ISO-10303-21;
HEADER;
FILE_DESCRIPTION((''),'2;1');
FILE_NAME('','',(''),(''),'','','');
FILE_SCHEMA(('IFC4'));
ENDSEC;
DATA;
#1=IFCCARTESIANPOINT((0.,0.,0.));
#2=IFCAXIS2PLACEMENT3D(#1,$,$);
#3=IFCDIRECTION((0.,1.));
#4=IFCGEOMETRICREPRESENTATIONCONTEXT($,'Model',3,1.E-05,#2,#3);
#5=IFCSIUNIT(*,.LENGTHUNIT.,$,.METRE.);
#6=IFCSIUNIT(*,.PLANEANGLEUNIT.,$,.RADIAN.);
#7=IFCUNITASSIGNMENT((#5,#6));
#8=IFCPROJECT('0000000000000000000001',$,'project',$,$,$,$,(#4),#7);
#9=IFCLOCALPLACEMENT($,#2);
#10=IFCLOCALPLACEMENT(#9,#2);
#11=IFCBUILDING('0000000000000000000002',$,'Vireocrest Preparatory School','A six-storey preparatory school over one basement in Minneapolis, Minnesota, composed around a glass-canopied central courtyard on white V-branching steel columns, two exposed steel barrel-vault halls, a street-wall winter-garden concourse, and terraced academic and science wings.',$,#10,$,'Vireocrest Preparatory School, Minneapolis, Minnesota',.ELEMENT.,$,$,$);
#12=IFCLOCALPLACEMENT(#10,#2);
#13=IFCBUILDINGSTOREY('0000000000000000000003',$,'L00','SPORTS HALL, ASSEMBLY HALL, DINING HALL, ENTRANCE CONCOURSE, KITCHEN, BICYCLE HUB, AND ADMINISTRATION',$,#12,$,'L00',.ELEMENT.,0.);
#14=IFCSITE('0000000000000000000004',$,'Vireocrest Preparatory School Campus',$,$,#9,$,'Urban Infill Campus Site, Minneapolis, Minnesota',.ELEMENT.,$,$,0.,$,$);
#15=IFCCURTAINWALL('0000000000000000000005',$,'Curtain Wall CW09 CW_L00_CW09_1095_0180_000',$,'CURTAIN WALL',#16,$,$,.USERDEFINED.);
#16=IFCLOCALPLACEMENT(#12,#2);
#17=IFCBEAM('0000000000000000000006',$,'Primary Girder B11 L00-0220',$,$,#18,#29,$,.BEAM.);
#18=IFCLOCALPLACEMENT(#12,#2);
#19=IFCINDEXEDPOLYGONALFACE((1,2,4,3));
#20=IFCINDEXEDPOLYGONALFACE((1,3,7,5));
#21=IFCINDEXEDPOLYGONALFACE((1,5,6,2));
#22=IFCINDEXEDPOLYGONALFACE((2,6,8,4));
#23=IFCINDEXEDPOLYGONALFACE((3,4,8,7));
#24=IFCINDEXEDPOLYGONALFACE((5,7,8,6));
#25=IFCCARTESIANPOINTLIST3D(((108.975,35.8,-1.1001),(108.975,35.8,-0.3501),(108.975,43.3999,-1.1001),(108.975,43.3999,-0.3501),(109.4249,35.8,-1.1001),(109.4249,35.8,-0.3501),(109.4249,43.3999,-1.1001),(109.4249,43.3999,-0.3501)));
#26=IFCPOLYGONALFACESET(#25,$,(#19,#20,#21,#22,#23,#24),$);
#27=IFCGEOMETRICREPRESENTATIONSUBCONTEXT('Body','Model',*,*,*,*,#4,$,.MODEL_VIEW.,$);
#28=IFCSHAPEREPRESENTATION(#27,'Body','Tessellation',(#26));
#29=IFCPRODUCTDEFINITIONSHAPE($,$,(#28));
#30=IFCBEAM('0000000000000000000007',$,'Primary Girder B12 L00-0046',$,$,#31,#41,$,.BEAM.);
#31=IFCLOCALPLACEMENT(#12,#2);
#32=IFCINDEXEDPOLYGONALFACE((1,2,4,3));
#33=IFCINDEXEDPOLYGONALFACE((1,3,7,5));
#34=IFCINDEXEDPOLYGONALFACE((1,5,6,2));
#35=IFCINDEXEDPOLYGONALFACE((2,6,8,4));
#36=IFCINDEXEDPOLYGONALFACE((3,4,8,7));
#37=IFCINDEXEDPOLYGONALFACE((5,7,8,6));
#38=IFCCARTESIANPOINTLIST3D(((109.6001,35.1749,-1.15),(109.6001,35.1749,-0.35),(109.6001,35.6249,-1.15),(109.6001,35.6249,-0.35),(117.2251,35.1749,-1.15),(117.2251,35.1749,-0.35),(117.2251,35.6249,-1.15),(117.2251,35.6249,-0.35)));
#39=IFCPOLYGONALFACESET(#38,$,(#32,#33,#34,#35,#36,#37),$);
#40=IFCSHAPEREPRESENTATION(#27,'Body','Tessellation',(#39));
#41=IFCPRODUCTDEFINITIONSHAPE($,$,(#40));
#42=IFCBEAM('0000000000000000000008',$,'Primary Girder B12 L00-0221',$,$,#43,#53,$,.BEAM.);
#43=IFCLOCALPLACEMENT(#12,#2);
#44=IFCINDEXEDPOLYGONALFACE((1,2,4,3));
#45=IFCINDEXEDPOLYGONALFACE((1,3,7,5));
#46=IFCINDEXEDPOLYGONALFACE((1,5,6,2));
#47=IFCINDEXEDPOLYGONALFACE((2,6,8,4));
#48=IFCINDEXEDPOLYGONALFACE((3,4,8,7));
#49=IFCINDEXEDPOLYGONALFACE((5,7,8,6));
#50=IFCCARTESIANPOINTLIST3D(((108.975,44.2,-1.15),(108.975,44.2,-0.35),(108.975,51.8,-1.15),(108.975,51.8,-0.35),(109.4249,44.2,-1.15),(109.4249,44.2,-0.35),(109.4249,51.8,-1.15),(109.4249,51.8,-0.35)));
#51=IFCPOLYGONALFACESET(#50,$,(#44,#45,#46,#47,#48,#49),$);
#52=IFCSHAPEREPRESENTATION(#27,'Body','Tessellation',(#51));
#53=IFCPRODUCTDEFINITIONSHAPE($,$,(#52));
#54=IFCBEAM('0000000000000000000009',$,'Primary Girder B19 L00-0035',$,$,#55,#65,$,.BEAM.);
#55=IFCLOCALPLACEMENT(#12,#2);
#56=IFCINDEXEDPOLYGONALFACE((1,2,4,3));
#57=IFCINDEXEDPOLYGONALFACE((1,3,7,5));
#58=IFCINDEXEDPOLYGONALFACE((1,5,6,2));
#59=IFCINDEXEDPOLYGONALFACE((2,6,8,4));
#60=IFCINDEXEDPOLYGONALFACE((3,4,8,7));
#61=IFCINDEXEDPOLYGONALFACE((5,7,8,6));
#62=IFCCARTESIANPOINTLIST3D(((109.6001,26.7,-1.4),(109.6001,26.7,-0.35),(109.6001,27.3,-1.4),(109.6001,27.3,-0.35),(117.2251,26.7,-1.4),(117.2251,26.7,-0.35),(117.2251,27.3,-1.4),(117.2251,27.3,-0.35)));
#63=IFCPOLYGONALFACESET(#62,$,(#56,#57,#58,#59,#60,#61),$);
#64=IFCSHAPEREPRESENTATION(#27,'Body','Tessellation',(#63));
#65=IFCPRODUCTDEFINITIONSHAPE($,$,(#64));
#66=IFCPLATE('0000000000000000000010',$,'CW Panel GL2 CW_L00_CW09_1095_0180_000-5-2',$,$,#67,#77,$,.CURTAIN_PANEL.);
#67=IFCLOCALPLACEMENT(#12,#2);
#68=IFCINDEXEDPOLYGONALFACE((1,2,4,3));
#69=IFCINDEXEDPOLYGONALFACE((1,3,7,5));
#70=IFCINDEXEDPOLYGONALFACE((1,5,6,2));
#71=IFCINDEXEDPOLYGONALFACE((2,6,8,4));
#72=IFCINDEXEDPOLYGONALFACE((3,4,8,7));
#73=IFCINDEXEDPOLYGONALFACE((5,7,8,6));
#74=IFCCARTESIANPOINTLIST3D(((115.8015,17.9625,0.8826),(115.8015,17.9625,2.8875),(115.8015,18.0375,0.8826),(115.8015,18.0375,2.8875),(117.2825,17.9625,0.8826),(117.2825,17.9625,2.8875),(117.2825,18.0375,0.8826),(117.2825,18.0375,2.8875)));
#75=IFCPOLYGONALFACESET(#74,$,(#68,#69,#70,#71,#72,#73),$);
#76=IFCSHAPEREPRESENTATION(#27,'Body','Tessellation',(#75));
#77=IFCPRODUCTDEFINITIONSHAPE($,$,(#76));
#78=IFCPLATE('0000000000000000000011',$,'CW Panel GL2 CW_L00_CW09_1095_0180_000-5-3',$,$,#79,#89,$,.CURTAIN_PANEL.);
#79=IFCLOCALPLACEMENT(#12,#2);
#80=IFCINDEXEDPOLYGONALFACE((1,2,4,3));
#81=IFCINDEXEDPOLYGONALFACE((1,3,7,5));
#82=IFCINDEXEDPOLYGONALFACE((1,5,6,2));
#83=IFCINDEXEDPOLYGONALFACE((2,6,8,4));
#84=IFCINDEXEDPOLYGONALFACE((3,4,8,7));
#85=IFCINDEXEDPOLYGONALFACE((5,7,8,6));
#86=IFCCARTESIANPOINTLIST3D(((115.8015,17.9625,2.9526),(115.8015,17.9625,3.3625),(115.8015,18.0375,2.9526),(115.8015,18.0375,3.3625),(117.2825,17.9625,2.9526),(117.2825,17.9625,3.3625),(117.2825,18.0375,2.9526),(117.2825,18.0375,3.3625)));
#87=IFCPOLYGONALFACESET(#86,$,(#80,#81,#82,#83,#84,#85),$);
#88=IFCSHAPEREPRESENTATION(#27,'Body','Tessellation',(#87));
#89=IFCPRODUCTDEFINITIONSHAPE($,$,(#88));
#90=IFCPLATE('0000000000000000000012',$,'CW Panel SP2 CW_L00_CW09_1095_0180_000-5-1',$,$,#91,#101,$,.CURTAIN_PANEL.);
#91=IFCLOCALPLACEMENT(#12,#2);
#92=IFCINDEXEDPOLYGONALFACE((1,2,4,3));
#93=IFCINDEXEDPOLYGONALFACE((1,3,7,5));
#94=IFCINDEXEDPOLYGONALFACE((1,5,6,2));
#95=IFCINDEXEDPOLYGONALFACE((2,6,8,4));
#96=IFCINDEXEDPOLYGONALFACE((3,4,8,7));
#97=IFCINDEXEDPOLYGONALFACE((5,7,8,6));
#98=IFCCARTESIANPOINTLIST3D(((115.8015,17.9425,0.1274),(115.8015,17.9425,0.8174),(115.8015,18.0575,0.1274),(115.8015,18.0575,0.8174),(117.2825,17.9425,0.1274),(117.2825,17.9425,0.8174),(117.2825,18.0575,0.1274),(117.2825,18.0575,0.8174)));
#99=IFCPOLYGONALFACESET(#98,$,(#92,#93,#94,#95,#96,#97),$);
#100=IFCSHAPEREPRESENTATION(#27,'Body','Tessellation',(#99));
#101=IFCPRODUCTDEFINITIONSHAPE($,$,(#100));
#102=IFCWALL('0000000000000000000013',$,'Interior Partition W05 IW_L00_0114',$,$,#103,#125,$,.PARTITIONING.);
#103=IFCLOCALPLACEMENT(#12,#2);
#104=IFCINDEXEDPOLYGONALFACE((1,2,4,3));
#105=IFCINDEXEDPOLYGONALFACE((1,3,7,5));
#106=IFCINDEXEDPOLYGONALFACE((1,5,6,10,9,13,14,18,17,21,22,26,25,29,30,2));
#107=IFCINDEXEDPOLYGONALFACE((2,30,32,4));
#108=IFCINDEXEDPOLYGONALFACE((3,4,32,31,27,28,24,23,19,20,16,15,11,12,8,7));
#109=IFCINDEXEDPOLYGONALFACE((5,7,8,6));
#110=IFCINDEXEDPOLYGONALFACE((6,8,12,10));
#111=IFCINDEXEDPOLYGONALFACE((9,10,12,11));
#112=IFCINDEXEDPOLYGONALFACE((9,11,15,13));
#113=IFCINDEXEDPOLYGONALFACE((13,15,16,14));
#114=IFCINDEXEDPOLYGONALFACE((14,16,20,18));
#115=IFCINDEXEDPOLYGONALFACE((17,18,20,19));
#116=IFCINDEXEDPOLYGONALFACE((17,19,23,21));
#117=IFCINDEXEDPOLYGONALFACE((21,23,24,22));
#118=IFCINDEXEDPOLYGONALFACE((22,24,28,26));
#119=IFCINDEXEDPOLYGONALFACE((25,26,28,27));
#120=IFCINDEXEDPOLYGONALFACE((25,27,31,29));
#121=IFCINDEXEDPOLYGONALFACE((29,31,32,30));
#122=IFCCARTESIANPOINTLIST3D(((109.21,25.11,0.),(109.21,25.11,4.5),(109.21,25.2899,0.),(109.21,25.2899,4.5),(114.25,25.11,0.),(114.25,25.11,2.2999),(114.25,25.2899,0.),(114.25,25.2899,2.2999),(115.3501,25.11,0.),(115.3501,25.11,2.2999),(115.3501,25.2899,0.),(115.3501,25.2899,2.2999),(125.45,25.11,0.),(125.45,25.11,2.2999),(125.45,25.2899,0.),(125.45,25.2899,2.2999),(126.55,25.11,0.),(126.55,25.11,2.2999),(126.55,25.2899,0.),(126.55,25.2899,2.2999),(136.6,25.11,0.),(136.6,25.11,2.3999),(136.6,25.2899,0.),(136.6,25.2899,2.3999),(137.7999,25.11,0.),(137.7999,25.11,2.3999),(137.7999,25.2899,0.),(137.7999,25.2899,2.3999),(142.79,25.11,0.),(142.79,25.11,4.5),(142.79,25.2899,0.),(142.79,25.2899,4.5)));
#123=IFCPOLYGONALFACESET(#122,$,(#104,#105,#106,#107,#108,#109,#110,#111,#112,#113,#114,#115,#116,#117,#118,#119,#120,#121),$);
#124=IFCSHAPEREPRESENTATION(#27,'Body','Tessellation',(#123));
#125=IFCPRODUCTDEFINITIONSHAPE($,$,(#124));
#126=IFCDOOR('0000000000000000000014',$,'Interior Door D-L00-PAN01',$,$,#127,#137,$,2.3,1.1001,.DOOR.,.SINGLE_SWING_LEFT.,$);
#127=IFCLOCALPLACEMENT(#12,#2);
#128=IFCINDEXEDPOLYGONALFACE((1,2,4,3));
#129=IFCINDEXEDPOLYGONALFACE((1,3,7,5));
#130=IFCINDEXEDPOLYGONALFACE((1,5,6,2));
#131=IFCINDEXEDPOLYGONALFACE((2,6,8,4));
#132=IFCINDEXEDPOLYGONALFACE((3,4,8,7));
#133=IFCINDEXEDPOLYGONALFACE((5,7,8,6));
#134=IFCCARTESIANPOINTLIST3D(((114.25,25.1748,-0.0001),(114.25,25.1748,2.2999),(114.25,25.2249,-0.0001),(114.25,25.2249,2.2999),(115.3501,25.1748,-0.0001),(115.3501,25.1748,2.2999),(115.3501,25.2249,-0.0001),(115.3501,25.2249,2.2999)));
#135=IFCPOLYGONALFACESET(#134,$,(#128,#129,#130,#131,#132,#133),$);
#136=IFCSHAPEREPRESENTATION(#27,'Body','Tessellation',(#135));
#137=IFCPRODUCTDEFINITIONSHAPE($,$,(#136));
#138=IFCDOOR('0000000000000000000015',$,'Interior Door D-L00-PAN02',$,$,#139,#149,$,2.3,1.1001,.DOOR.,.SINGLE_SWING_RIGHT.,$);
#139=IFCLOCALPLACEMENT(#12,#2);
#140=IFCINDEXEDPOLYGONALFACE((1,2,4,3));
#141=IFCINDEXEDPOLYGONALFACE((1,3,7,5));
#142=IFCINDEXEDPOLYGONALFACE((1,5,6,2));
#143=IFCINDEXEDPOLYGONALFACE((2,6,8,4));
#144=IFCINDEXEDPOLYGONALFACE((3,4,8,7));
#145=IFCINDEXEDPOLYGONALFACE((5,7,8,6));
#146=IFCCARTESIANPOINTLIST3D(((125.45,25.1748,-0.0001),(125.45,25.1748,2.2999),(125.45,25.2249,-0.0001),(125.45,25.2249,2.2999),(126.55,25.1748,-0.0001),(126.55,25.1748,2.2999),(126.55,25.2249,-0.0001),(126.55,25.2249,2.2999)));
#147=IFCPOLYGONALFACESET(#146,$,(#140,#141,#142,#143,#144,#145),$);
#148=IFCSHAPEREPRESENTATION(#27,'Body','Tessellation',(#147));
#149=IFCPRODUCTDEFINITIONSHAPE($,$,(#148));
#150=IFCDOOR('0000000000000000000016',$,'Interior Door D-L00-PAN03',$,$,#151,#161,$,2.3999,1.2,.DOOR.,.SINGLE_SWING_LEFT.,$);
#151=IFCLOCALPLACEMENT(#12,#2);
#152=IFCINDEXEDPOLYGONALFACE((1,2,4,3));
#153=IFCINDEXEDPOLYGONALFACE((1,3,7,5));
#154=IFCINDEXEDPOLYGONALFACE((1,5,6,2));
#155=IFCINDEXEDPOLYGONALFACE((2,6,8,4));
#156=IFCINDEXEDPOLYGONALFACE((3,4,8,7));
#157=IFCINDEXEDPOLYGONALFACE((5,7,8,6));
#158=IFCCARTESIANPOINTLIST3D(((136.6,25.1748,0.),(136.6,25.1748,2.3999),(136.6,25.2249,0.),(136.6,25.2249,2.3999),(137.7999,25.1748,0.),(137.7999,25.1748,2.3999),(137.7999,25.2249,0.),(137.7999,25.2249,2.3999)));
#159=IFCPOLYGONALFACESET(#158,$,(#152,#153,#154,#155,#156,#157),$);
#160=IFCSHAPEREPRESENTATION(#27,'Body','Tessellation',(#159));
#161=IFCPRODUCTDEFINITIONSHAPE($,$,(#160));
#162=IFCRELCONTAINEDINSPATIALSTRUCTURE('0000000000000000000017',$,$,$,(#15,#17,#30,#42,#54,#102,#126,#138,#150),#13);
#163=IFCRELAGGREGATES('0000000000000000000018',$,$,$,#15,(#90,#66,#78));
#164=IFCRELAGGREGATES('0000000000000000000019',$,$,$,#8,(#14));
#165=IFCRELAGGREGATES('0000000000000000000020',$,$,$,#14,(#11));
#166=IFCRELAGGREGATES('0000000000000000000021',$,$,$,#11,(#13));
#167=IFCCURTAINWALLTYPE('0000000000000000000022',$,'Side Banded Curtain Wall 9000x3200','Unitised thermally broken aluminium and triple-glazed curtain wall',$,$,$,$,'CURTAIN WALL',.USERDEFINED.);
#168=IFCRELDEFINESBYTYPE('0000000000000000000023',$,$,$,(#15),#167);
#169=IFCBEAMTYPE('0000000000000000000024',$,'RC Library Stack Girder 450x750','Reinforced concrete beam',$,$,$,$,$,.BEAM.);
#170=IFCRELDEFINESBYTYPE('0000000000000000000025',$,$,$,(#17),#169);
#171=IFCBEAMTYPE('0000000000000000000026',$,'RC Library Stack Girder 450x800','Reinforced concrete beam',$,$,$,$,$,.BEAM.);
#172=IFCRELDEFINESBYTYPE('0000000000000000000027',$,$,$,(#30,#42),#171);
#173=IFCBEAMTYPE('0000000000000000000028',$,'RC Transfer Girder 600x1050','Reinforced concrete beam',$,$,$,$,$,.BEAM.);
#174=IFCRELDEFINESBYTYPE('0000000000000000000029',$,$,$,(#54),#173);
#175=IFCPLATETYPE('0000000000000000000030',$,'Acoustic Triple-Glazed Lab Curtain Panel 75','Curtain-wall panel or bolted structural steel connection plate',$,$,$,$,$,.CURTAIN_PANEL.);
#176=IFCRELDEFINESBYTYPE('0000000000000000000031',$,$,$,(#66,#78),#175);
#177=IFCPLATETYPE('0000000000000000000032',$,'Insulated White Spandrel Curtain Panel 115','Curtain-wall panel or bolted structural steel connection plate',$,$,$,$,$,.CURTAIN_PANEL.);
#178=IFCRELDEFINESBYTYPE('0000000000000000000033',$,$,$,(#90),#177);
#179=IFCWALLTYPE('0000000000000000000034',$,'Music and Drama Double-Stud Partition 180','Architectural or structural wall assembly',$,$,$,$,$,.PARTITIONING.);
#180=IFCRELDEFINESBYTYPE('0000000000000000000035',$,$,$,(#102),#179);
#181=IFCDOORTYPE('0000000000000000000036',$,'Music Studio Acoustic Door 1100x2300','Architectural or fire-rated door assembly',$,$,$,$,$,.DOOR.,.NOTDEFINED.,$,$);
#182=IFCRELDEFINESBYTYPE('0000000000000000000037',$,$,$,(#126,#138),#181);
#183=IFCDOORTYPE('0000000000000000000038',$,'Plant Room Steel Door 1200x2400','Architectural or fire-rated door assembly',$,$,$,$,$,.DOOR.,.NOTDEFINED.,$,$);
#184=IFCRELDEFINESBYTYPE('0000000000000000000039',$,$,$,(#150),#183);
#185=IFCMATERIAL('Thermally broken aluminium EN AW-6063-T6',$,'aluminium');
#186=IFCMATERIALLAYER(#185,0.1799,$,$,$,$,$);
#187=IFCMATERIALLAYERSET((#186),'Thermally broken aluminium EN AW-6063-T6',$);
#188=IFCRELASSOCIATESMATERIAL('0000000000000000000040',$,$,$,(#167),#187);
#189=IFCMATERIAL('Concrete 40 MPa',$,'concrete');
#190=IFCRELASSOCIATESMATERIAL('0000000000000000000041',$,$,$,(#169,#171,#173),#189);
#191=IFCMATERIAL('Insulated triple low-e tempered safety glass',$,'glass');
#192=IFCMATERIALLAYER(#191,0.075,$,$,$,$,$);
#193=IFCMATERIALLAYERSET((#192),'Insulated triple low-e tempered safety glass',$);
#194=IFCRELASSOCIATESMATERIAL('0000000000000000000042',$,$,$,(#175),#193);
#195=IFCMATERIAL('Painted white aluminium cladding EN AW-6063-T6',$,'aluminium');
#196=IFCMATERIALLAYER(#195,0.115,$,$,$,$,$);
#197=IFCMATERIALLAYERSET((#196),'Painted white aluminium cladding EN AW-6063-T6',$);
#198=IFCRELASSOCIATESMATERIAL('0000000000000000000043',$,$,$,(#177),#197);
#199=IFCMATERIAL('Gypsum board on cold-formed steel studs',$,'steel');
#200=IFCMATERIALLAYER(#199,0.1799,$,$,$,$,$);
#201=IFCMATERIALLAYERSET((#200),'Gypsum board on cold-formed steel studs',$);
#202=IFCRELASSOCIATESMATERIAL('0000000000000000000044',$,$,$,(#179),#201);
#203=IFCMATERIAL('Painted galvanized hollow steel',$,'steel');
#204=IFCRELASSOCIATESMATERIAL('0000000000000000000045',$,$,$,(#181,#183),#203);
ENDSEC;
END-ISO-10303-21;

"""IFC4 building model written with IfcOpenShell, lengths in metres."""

from ifc_helpers import new_model, si_unit, direction, frame, frame_2d, origin, origin_2d, place, context, subcontext, project, spatial, rectangle, extrude, material, layer, layer_set, material_profile, profile_set, type_object, element, fill, aggregate, save


model = new_model("IFC4")

# Units and contexts
model_context = context("Model", 3, precision=1e-05, world=origin(), true_north=direction((0.0, 1.0)))
body_context = subcontext(model_context, "Body", "Model", "MODEL_VIEW")
ifc_project = project(units=[si_unit("LENGTHUNIT", "METRE"), si_unit("PLANEANGLEUNIT", "RADIAN")], contexts=[model_context])

# Site, building, storey
site_placement = place(None, origin())
site = spatial("IfcSite", under=ifc_project, at=site_placement, Name="Vireocrest Preparatory School Campus", LongName="Urban Infill Campus Site, Minneapolis, Minnesota", CompositionType="ELEMENT", RefElevation=0.0)
building_placement = place(site_placement, origin())
building = spatial("IfcBuilding", under=site, at=building_placement, Name="Vireocrest Preparatory School", Description="A six-storey preparatory school over one basement in Minneapolis, Minnesota, composed around a glass-canopied central courtyard on white V-branching steel columns, two exposed steel barrel-vault halls, a street-wall winter-garden concourse, and terraced academic and science wings.", LongName="Vireocrest Preparatory School, Minneapolis, Minnesota", CompositionType="ELEMENT")
storey_placement = place(building_placement, origin())
storey = spatial("IfcBuildingStorey", under=building, at=storey_placement, Name="L00", Description="SPORTS HALL, ASSEMBLY HALL, DINING HALL, ENTRANCE CONCOURSE, KITCHEN, BICYCLE HUB, AND ADMINISTRATION", LongName="L00", CompositionType="ELEMENT", Elevation=0.0)

# Curtain wall
ifc_material_1 = material(Name="Thermally broken aluminium EN AW-6063-T6", Category="aluminium")
ifc_layer_1 = layer(ifc_material_1, 0.1799)
ifc_layer_set_1 = layer_set([ifc_layer_1], Name="Thermally broken aluminium EN AW-6063-T6")
curtain_wall_type = type_object("IfcCurtainWallType", Name="Side Banded Curtain Wall 9000x3200", Description="Unitised thermally broken aluminium and triple-glazed curtain wall", ElementType="CURTAIN WALL", PredefinedType="USERDEFINED", material=ifc_layer_set_1)
curtain_wall_placement = place(storey_placement, origin())
curtain_wall = element("IfcCurtainWall", 1, at=curtain_wall_placement, inside=storey, type_object=curtain_wall_type, Name="Curtain Wall CW09 CW_L00_CW09_1095_0180_000", ObjectType="CURTAIN WALL", PredefinedType="USERDEFINED")

# Beams
ifc_material_2 = material(Name="Concrete 40 MPa", Category="concrete")
ifc_material_profile_1 = material_profile(ifc_material_2, rectangle(XDim=0.45, YDim=0.75, at=origin_2d()), Name="RC 450x750")
ifc_profile_set_1 = profile_set([ifc_material_profile_1], Name="Concrete 40 MPa")
beam_type_1 = type_object("IfcBeamType", Name="RC Library Stack Girder 450x750", Description="Reinforced concrete beam", PredefinedType="BEAM", material=ifc_profile_set_1)
beam_1_placement = place(storey_placement, frame((109.2, 35.8, -0.7251), z_axis=(0.0, 1.0, 0.0), x_axis=(-1.0, 0.0, 0.0)))
element("IfcBeam", 2, at=beam_1_placement, inside=storey, type_object=beam_type_1, Name="Primary Girder B11 L00-0220", PredefinedType="BEAM", context=body_context, shape_type="SweptSolid", body=[
    extrude(rectangle(XDim=0.45, YDim=0.75, at=origin_2d()), origin(), (0.0, 0.0, 1.0), 7.5999),
])
ifc_material_profile_2 = material_profile(ifc_material_2, rectangle(XDim=0.45, YDim=0.8, at=origin_2d()), Name="RC 450x800")
ifc_profile_set_2 = profile_set([ifc_material_profile_2], Name="Concrete 40 MPa")
beam_type_2 = type_object("IfcBeamType", Name="RC Library Stack Girder 450x800", Description="Reinforced concrete beam", PredefinedType="BEAM", material=ifc_profile_set_2)
beam_2_placement = place(storey_placement, frame((109.6001, 35.3999, -0.75), z_axis=(1.0, 0.0, 0.0), x_axis=(0.0, 1.0, 0.0)))
element("IfcBeam", 3, at=beam_2_placement, inside=storey, type_object=beam_type_2, Name="Primary Girder B12 L00-0046", PredefinedType="BEAM", context=body_context, shape_type="SweptSolid", body=[
    extrude(rectangle(XDim=0.45, YDim=0.8, at=origin_2d()), origin(), (0.0, 0.0, 1.0), 7.625),
])
beam_3_placement = place(storey_placement, frame((109.2, 44.2, -0.75), z_axis=(0.0, 1.0, 0.0), x_axis=(-1.0, 0.0, 0.0)))
element("IfcBeam", 4, at=beam_3_placement, inside=storey, type_object=beam_type_2, Name="Primary Girder B12 L00-0221", PredefinedType="BEAM", context=body_context, shape_type="SweptSolid", body=[
    extrude(rectangle(XDim=0.45, YDim=0.8, at=origin_2d()), origin(), (0.0, 0.0, 1.0), 7.6001),
])
ifc_material_profile_3 = material_profile(ifc_material_2, rectangle(XDim=0.6001, YDim=1.05, at=origin_2d()), Name="RC 600x1050")
ifc_profile_set_3 = profile_set([ifc_material_profile_3], Name="Concrete 40 MPa")
beam_type_3 = type_object("IfcBeamType", Name="RC Transfer Girder 600x1050", Description="Reinforced concrete beam", PredefinedType="BEAM", material=ifc_profile_set_3)
beam_4_placement = place(storey_placement, frame((109.6001, 27.0, -0.875), z_axis=(1.0, 0.0, 0.0), x_axis=(0.0, 1.0, 0.0)))
element("IfcBeam", 5, at=beam_4_placement, inside=storey, type_object=beam_type_3, Name="Primary Girder B19 L00-0035", PredefinedType="BEAM", context=body_context, shape_type="SweptSolid", body=[
    extrude(rectangle(XDim=0.6001, YDim=1.05, at=origin_2d()), origin(), (0.0, 0.0, 1.0), 7.625),
])

# Plates
ifc_material_3 = material(Name="Insulated triple low-e tempered safety glass", Category="glass")
ifc_layer_2 = layer(ifc_material_3, 0.075)
ifc_layer_set_2 = layer_set([ifc_layer_2], Name="Insulated triple low-e tempered safety glass")
plate_type_1 = type_object("IfcPlateType", Name="Acoustic Triple-Glazed Lab Curtain Panel 75", Description="Curtain-wall panel or bolted structural steel connection plate", PredefinedType="CURTAIN_PANEL", material=ifc_layer_set_2)
plate_1_placement = place(storey_placement, frame((116.542, 18.0, 0.8826), z_axis=(0.0, 0.0, 1.0), x_axis=(1.0, 0.0, 0.0)))
plate_1 = element("IfcPlate", 6, at=plate_1_placement, type_object=plate_type_1, Name="CW Panel GL2 CW_L00_CW09_1095_0180_000-5-2", PredefinedType="CURTAIN_PANEL", context=body_context, shape_type="SweptSolid", body=[
    extrude(rectangle(XDim=1.481, YDim=0.075, at=origin_2d()), origin(), (0.0, 0.0, 1.0), 2.0049),
])
plate_2_placement = place(storey_placement, frame((116.542, 18.0, 2.9526), z_axis=(0.0, 0.0, 1.0), x_axis=(1.0, 0.0, 0.0)))
plate_2 = element("IfcPlate", 7, at=plate_2_placement, type_object=plate_type_1, Name="CW Panel GL2 CW_L00_CW09_1095_0180_000-5-3", PredefinedType="CURTAIN_PANEL", context=body_context, shape_type="SweptSolid", body=[
    extrude(rectangle(XDim=1.481, YDim=0.075, at=origin_2d()), origin(), (0.0, 0.0, 1.0), 0.4099),
])
ifc_material_4 = material(Name="Painted white aluminium cladding EN AW-6063-T6", Category="aluminium")
ifc_layer_3 = layer(ifc_material_4, 0.115)
ifc_layer_set_3 = layer_set([ifc_layer_3], Name="Painted white aluminium cladding EN AW-6063-T6")
plate_type_2 = type_object("IfcPlateType", Name="Insulated White Spandrel Curtain Panel 115", Description="Curtain-wall panel or bolted structural steel connection plate", PredefinedType="CURTAIN_PANEL", material=ifc_layer_set_3)
plate_3_placement = place(storey_placement, frame((116.542, 18.0, 0.1274), z_axis=(0.0, 0.0, 1.0), x_axis=(1.0, 0.0, 0.0)))
plate_3 = element("IfcPlate", 8, at=plate_3_placement, type_object=plate_type_2, Name="CW Panel SP2 CW_L00_CW09_1095_0180_000-5-1", PredefinedType="CURTAIN_PANEL", context=body_context, shape_type="SweptSolid", body=[
    extrude(rectangle(XDim=1.481, YDim=0.115, at=origin_2d()), origin(), (0.0, 0.0, 1.0), 0.6899),
])
aggregate(curtain_wall, [plate_3, plate_1, plate_2])

# Wall, openings, doors
ifc_material_5 = material(Name="Gypsum board on cold-formed steel studs", Category="steel")
ifc_layer_4 = layer(ifc_material_5, 0.1799)
ifc_layer_set_4 = layer_set([ifc_layer_4], Name="Gypsum board on cold-formed steel studs")
wall_type = type_object("IfcWallType", Name="Music and Drama Double-Stud Partition 180", Description="Architectural or structural wall assembly", PredefinedType="PARTITIONING", material=ifc_layer_set_4)
wall_1_placement = place(storey_placement, frame((109.21, 25.2, 0.0), z_axis=(0.0, 0.0, 1.0), x_axis=(1.0, 0.0, 0.0)))
wall_1 = element("IfcWall", 9, at=wall_1_placement, inside=storey, type_object=wall_type, Name="Interior Partition W05 IW_L00_0114", PredefinedType="PARTITIONING", context=body_context, shape_type="SweptSolid", body=[
    extrude(rectangle(XDim=33.5801, YDim=0.1799, at=frame_2d((16.79, 0.0))), origin(), (0.0, 0.0, 1.0), 4.5),
])
opening_1_placement = place(wall_1_placement, frame((5.04, 0.0, 0.0)))
opening_1 = element("IfcOpeningElement", 10, at=opening_1_placement, cuts=wall_1, PredefinedType="OPENING", context=body_context, shape_type="SweptSolid", body=[
    extrude(rectangle(XDim=1.1001, YDim=2.3, at=frame_2d((0.55, 1.1499))), frame((0.0, 0.0999, 0.0), z_axis=(0.0, -1.0, 0.0), x_axis=(1.0, 0.0, 0.0)), (0.0, 0.0, 1.0), 0.2),
])
opening_2_placement = place(wall_1_placement, frame((16.24, 0.0, 0.0)))
opening_2 = element("IfcOpeningElement", 11, at=opening_2_placement, cuts=wall_1, PredefinedType="OPENING", context=body_context, shape_type="SweptSolid", body=[
    extrude(rectangle(XDim=1.1001, YDim=2.3, at=frame_2d((0.55, 1.1499))), frame((0.0, 0.0999, 0.0), z_axis=(0.0, -1.0, 0.0), x_axis=(1.0, 0.0, 0.0)), (0.0, 0.0, 1.0), 0.2),
])
opening_3_placement = place(wall_1_placement, frame((27.3899, 0.0, 0.0)))
opening_3 = element("IfcOpeningElement", 12, at=opening_3_placement, cuts=wall_1, PredefinedType="OPENING", context=body_context, shape_type="SweptSolid", body=[
    extrude(rectangle(XDim=1.2, YDim=2.3999, at=frame_2d((0.6001, 1.2))), frame((0.0, 0.0999, 0.0), z_axis=(0.0, -1.0, 0.0), x_axis=(1.0, 0.0, 0.0)), (0.0, 0.0, 1.0), 0.2),
])
ifc_material_6 = material(Name="Painted galvanized hollow steel", Category="steel")
door_type_1 = type_object("IfcDoorType", Name="Music Studio Acoustic Door 1100x2300", Description="Architectural or fire-rated door assembly", OperationType="NOTDEFINED", PredefinedType="DOOR", material=ifc_material_6)
door_1_placement = place(opening_1_placement, origin())
door_1 = element("IfcDoor", 13, at=door_1_placement, inside=storey, type_object=door_type_1, Name="Interior Door D-L00-PAN01", OperationType="SINGLE_SWING_LEFT", OverallHeight=2.3, OverallWidth=1.1001, PredefinedType="DOOR", context=body_context, shape_type="SweptSolid", body=[
    extrude(rectangle(XDim=1.1001, YDim=2.3, at=frame_2d((0.55, 1.1499))), frame((0.0, 0.0249, 0.0), z_axis=(0.0, -1.0, 0.0), x_axis=(1.0, 0.0, 0.0)), (0.0, 0.0, 1.0), 0.05),
])
fill(opening_1, door_1)
door_2_placement = place(opening_2_placement, origin())
door_2 = element("IfcDoor", 14, at=door_2_placement, inside=storey, type_object=door_type_1, Name="Interior Door D-L00-PAN02", OperationType="SINGLE_SWING_RIGHT", OverallHeight=2.3, OverallWidth=1.1001, PredefinedType="DOOR", context=body_context, shape_type="SweptSolid", body=[
    extrude(rectangle(XDim=1.1001, YDim=2.3, at=frame_2d((0.55, 1.1499))), frame((0.0, 0.0249, 0.0), z_axis=(0.0, -1.0, 0.0), x_axis=(1.0, 0.0, 0.0)), (0.0, 0.0, 1.0), 0.05),
])
fill(opening_2, door_2)
door_type_2 = type_object("IfcDoorType", Name="Plant Room Steel Door 1200x2400", Description="Architectural or fire-rated door assembly", OperationType="NOTDEFINED", PredefinedType="DOOR", material=ifc_material_6)
door_3_placement = place(opening_3_placement, origin())
door_3 = element("IfcDoor", 15, at=door_3_placement, inside=storey, type_object=door_type_2, Name="Interior Door D-L00-PAN03", OperationType="SINGLE_SWING_LEFT", OverallHeight=2.3999, OverallWidth=1.2, PredefinedType="DOOR", context=body_context, shape_type="SweptSolid", body=[
    extrude(rectangle(XDim=1.2, YDim=2.3999, at=frame_2d((0.6001, 1.2))), frame((0.0, 0.0249, 0.0), z_axis=(0.0, -1.0, 0.0), x_axis=(1.0, 0.0, 0.0)), (0.0, 0.0, 1.0), 0.05),
])
fill(opening_3, door_3)

save(model, "model.ifc")
